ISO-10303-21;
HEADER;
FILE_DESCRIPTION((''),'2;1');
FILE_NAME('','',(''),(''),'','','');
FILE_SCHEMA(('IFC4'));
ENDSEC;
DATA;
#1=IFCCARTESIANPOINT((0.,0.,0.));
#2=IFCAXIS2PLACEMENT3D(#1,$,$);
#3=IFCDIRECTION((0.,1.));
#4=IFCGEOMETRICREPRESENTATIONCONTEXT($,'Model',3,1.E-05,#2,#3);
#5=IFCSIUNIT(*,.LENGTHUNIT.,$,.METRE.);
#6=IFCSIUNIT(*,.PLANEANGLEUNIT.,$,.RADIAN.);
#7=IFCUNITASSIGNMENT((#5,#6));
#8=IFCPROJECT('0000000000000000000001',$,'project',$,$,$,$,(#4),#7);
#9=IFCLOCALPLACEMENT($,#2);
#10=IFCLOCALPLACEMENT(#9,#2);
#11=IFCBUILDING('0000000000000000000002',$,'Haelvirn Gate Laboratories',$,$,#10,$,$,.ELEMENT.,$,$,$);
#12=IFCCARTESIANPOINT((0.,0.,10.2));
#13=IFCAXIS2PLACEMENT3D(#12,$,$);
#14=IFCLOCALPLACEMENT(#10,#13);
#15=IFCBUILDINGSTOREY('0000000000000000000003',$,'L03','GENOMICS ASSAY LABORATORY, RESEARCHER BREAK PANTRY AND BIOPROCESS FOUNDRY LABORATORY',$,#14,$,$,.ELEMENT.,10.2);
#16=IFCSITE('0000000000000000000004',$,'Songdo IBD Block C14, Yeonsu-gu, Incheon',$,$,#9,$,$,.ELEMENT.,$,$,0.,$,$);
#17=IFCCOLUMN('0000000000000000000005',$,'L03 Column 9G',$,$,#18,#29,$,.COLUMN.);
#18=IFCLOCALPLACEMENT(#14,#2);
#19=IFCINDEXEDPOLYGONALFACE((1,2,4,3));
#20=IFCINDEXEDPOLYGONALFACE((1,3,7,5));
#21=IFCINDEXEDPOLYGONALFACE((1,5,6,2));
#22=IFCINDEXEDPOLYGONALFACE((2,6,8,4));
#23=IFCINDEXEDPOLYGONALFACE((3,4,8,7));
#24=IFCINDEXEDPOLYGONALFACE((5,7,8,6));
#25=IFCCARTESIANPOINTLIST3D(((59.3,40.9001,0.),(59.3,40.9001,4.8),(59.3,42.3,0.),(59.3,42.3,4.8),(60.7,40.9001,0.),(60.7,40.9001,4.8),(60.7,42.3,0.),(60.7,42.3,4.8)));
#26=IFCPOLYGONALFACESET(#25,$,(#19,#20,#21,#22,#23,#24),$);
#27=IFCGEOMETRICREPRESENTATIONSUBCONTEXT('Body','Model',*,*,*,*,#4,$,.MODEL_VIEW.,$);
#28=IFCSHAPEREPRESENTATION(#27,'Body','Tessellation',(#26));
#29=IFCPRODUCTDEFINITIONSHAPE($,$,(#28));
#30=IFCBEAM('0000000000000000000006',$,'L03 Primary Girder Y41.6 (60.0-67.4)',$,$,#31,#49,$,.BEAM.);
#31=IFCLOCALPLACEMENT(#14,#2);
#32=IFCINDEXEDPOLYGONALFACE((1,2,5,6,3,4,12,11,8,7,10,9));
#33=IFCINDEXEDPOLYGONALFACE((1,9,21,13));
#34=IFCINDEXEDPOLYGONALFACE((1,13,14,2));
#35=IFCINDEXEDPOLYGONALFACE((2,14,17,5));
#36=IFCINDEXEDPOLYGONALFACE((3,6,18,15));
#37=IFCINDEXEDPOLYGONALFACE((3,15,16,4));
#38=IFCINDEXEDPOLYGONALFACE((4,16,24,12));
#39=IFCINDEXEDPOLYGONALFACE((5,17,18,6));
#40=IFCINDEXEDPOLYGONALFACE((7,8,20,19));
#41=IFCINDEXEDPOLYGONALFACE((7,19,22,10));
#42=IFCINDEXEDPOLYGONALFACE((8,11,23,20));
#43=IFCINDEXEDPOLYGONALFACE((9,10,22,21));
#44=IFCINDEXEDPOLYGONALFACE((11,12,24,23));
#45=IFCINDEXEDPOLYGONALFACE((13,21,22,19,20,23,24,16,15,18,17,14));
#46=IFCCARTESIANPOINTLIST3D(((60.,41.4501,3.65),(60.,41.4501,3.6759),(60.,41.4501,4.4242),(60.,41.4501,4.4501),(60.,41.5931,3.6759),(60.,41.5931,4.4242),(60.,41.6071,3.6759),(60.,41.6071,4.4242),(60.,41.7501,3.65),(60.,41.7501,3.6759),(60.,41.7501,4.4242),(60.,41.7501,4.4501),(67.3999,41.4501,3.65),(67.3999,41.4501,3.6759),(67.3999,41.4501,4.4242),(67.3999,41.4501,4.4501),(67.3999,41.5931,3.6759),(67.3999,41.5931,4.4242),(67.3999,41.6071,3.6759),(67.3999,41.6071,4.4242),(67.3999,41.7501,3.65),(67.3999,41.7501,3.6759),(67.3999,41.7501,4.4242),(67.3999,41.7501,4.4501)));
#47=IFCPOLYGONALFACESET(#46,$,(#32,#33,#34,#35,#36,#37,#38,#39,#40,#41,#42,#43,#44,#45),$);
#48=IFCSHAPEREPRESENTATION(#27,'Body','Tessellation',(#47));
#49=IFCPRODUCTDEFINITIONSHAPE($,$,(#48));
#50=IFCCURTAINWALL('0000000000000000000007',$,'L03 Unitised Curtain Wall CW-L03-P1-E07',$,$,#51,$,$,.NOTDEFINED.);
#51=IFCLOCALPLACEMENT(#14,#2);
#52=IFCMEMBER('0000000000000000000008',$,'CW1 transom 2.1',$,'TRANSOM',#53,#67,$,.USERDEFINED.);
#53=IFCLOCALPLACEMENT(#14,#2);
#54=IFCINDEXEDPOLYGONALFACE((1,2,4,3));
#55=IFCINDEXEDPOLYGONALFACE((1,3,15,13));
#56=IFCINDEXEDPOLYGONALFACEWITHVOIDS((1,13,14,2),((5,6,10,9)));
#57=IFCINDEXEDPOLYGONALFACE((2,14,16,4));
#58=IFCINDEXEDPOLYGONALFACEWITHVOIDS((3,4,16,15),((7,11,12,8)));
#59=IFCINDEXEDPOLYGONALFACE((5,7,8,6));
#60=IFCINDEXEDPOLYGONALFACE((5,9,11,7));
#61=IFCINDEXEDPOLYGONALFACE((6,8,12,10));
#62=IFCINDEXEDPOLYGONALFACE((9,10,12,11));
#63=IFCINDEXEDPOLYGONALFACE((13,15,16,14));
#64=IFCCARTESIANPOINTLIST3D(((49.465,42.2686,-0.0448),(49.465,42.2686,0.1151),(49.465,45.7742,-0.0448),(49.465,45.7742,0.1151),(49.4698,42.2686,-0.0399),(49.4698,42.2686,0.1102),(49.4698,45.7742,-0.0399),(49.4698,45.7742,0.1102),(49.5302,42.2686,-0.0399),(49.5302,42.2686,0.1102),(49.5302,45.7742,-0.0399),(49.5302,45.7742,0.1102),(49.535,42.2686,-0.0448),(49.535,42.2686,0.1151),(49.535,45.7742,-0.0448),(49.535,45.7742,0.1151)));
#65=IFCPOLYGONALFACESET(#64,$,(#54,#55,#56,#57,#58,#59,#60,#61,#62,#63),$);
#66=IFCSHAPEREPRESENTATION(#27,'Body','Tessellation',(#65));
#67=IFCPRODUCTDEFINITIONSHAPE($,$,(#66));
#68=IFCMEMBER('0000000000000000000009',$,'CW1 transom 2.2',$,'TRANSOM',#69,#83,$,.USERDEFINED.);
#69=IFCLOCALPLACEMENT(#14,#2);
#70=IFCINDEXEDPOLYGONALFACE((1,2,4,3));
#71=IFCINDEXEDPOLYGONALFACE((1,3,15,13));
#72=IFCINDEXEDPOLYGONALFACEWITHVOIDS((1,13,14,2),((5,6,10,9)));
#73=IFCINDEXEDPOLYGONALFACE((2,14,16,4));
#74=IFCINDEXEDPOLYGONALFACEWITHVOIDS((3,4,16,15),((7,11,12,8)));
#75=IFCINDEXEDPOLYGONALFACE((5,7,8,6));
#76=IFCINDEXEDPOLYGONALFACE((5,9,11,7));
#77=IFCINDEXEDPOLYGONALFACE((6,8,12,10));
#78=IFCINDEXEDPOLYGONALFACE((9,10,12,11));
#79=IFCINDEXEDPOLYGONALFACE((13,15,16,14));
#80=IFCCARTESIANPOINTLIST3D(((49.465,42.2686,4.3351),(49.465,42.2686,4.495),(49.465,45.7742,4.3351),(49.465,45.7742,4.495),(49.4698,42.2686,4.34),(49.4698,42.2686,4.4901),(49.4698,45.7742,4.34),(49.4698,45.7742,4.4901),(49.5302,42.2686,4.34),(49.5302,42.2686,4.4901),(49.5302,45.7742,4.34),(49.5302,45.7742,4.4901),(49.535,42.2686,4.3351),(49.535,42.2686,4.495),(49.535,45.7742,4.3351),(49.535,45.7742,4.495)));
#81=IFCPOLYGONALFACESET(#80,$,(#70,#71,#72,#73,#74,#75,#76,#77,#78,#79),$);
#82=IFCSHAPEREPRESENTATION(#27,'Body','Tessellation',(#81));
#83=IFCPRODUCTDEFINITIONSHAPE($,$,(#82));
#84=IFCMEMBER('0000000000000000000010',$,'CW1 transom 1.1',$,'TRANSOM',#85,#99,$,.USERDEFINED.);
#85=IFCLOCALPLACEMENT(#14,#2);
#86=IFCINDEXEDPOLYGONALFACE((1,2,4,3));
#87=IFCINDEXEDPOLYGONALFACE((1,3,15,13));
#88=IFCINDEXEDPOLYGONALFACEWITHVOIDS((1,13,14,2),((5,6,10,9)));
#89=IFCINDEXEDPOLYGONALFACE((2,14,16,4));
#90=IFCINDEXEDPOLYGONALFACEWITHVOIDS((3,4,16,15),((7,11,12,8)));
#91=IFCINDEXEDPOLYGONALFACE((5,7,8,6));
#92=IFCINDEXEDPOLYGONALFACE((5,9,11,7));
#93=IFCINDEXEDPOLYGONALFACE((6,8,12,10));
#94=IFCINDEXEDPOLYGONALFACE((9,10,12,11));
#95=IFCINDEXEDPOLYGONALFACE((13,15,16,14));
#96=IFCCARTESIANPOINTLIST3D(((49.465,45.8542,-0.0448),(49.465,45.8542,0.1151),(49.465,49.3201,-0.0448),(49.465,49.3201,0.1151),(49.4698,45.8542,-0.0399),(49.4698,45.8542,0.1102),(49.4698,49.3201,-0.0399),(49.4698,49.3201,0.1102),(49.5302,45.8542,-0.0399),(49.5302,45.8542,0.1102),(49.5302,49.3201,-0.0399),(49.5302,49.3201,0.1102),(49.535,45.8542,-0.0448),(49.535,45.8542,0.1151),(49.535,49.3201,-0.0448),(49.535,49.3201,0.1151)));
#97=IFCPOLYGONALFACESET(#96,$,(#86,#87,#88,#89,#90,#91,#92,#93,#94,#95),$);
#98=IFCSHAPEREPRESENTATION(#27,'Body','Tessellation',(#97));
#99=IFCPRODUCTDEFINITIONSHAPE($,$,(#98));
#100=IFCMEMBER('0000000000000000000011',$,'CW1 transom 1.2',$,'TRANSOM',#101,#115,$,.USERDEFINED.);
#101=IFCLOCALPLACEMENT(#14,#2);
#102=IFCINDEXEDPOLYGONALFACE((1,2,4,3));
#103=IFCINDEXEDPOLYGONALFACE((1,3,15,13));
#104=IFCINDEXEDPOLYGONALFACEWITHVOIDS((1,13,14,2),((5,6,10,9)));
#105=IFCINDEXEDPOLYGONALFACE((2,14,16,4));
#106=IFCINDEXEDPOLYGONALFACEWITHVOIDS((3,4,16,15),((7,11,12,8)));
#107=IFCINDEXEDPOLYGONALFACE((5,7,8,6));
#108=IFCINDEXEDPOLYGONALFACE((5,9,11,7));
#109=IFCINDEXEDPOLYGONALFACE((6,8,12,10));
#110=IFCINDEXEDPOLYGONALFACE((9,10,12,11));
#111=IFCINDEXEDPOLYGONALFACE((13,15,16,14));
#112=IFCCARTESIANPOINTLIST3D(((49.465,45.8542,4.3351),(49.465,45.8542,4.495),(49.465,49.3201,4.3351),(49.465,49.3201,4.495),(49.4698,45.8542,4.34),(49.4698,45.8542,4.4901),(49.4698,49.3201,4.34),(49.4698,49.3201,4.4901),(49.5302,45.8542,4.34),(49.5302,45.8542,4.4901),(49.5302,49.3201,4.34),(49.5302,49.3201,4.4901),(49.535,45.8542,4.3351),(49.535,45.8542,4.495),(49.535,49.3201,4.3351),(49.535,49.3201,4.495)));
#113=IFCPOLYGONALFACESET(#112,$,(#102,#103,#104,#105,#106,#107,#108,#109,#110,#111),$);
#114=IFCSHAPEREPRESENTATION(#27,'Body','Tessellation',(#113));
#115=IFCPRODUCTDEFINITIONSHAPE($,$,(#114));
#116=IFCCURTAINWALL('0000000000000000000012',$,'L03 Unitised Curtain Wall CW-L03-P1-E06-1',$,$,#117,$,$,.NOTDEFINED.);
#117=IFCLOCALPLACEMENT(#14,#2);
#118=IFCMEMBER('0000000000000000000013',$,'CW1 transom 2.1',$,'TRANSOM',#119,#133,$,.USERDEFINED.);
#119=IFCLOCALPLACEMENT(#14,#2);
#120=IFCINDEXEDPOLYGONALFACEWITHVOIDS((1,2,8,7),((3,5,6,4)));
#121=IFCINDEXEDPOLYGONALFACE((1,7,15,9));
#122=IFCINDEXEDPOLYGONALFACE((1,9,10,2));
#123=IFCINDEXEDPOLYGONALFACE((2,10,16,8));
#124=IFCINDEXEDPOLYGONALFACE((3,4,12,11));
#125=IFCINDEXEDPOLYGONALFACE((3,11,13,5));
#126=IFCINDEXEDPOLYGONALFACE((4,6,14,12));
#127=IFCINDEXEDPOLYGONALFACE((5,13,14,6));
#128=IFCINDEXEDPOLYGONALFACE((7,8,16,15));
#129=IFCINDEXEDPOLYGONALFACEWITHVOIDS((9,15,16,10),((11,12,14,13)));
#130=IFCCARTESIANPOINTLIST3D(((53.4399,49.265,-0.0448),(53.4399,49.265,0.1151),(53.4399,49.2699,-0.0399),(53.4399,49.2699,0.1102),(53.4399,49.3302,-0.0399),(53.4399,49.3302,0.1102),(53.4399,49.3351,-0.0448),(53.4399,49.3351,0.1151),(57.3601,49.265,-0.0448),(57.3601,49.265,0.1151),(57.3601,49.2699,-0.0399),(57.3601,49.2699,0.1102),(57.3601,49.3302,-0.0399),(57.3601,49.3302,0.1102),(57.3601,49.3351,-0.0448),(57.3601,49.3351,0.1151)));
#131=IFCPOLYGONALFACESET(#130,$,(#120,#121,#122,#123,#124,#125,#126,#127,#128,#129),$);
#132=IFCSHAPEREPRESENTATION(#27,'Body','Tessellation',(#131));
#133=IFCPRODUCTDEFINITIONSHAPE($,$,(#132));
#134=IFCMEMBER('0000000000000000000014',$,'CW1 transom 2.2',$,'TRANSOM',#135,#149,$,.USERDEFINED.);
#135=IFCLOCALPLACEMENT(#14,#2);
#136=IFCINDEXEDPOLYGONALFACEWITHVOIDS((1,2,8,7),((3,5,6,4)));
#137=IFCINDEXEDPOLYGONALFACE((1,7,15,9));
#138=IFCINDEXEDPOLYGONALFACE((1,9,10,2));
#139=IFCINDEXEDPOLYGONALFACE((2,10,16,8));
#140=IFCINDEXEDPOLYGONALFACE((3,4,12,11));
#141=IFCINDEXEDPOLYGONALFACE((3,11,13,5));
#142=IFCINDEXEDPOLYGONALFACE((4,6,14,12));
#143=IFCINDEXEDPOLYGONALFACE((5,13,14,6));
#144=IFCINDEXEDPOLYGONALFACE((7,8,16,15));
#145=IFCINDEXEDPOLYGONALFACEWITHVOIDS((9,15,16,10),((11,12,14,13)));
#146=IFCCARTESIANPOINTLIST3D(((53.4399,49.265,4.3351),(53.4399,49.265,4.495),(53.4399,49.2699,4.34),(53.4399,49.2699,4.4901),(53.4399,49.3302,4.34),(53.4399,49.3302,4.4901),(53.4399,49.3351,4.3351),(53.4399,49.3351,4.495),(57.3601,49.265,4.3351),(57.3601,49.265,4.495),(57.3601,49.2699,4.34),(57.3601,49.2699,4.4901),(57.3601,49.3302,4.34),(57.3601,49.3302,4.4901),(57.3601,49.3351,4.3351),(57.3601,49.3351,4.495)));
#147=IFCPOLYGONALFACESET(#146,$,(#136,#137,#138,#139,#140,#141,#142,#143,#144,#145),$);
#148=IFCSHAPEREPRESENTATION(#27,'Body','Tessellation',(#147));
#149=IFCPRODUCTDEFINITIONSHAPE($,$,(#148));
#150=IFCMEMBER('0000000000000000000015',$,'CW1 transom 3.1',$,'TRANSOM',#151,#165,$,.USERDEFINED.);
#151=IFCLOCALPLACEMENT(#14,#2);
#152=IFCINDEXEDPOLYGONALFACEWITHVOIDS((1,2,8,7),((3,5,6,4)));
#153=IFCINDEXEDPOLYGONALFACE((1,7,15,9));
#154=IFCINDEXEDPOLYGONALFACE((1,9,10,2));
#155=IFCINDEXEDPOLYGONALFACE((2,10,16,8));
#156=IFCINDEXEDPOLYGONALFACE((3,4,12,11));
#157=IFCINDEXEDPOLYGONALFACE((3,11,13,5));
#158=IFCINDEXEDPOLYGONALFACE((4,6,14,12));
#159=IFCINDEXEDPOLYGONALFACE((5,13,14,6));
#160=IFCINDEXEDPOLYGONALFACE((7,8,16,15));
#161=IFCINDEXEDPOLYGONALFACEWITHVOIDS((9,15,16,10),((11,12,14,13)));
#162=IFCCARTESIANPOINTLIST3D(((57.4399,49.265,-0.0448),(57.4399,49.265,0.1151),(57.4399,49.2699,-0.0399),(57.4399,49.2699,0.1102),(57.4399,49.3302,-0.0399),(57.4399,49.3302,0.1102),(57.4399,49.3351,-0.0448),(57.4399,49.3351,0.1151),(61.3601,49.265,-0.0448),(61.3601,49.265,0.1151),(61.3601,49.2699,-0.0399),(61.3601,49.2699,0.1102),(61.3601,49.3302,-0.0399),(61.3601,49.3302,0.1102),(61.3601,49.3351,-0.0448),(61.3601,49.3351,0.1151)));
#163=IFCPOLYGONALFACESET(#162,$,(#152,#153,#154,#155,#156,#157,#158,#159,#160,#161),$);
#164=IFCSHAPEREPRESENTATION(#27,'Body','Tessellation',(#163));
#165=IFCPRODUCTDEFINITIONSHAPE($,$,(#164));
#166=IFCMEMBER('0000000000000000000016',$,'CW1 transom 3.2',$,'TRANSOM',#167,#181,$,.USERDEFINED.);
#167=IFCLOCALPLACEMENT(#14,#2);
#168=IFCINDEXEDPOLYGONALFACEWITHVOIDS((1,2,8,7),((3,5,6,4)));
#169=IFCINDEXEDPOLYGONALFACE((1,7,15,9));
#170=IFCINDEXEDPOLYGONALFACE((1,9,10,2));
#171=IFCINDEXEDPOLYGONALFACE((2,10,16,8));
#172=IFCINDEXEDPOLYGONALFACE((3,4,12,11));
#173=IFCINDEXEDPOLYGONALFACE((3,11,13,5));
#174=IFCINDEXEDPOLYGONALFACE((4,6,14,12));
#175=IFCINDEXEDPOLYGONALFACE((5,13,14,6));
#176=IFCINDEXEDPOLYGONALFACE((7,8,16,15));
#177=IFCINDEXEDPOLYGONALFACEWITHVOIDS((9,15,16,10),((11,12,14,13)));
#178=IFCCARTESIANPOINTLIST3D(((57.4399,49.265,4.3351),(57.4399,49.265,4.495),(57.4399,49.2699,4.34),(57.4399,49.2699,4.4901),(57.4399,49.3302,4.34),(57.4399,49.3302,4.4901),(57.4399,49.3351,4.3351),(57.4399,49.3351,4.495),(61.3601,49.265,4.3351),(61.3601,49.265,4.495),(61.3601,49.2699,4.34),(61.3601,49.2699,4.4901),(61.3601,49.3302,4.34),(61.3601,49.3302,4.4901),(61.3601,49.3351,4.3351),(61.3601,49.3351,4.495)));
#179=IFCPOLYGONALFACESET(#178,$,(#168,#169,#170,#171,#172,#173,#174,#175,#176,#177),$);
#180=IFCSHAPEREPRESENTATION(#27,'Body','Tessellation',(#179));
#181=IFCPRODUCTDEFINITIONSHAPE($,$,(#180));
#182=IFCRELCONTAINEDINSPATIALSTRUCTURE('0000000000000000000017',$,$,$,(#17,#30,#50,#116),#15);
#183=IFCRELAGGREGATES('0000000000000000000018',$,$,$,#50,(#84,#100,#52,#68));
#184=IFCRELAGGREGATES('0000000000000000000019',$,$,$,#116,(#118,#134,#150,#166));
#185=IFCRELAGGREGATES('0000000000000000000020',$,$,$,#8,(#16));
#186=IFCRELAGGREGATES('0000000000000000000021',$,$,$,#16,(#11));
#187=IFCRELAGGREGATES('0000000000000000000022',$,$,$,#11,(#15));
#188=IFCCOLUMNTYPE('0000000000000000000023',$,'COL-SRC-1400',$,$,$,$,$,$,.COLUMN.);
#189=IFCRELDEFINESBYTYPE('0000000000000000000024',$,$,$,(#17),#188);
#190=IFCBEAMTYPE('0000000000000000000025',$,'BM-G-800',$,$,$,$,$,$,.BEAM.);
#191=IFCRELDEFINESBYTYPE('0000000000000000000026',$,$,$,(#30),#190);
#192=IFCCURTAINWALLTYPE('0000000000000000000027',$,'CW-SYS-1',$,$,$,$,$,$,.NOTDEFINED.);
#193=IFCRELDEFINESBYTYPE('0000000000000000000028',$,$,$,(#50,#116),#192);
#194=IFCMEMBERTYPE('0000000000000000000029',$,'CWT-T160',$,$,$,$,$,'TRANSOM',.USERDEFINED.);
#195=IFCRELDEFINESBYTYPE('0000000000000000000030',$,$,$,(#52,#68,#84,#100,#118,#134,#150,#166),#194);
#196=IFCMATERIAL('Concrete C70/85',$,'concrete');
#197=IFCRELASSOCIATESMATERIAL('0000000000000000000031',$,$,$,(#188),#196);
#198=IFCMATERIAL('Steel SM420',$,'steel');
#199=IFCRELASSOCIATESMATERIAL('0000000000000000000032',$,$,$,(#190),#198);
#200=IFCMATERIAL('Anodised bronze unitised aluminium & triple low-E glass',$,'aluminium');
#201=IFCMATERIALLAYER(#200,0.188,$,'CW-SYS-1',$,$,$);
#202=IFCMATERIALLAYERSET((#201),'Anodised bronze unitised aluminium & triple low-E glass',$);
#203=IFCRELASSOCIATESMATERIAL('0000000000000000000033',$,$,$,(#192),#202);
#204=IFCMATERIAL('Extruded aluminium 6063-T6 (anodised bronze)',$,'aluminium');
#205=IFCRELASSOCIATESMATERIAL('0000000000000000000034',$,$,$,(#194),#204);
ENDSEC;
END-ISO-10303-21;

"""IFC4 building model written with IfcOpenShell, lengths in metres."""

from ifc_helpers import new_model, si_unit, direction, frame, origin, origin_2d, place, context, subcontext, project, spatial, rectangle, hollow_rectangle, i_section, extrude, source, transform, mapped, material, layer, layer_set, material_profile, profile_set, type_object, type_shapes, element, aggregate, save


model = new_model("IFC4")

# Units and contexts
model_context = context("Model", 3, precision=1e-05, world=origin(), true_north=direction((0.0, 1.0)))
body_context = subcontext(model_context, "Body", "Model", "MODEL_VIEW")
ifc_project = project(units=[si_unit("LENGTHUNIT", "METRE"), si_unit("PLANEANGLEUNIT", "RADIAN")], contexts=[model_context])

# Site, building, storey
site_placement = place(None, origin())
site = spatial("IfcSite", under=ifc_project, at=site_placement, Name="Songdo IBD Block C14, Yeonsu-gu, Incheon", CompositionType="ELEMENT", RefElevation=0.0)
building_placement = place(site_placement, origin())
building = spatial("IfcBuilding", under=site, at=building_placement, Name="Haelvirn Gate Laboratories", CompositionType="ELEMENT")
storey_placement = place(building_placement, frame((0.0, 0.0, 10.2)))
storey = spatial("IfcBuildingStorey", under=building, at=storey_placement, Name="L03", Description="GENOMICS ASSAY LABORATORY, RESEARCHER BREAK PANTRY AND BIOPROCESS FOUNDRY LABORATORY", CompositionType="ELEMENT", Elevation=10.2)

# Column
ifc_material_1 = material(Name="Concrete C70/85", Category="concrete")
ifc_material_profile_1 = material_profile(ifc_material_1, rectangle(XDim=1.3999, YDim=1.3999, at=origin_2d()), Name="SRC-1400x1400")
ifc_profile_set_1 = profile_set([ifc_material_profile_1], Name="Concrete C70/85")
column_type = type_object("IfcColumnType", Name="COL-SRC-1400", PredefinedType="COLUMN", material=ifc_profile_set_1)
shared_shape_1 = source(origin(), body_context, "Body", "SweptSolid", [
    extrude(rectangle(XDim=1.3999, YDim=1.3999, at=origin_2d()), origin(), (0.0, 0.0, 1.0), 4.8),
])
type_shapes(column_type, [shared_shape_1])
column_placement = place(storey_placement, frame((60.0, 41.6001, 0.0), z_axis=(0.0, 0.0, 1.0), x_axis=(1.0, 0.0, 0.0)))
element("IfcColumn", 1, at=column_placement, inside=storey, type_object=column_type, Name="L03 Column 9G", PredefinedType="COLUMN", context=body_context, shape_type="MappedRepresentation", body=[
    mapped(shared_shape_1, transform((0.0, 0.0, 0.0), scale=1.0)),
])

# Beam
ifc_material_2 = material(Name="Steel SM420", Category="steel")
ifc_material_profile_2 = material_profile(ifc_material_2, i_section(OverallWidth=0.3, OverallDepth=0.8, WebThickness=0.0139, FlangeThickness=0.0259, at=origin_2d()), Name="H-800x300x14x26")
ifc_profile_set_2 = profile_set([ifc_material_profile_2], Name="Steel SM420")
beam_type = type_object("IfcBeamType", Name="BM-G-800", PredefinedType="BEAM", material=ifc_profile_set_2)
shared_shape_2 = source(origin(), body_context, "Body", "SweptSolid", [
    extrude(i_section(OverallWidth=0.3, OverallDepth=0.8, WebThickness=0.0139, FlangeThickness=0.0259, at=origin_2d()), origin(), (0.0, 0.0, 1.0), 7.3999),
])
type_shapes(beam_type, [shared_shape_2])
beam_placement = place(storey_placement, frame((60.0, 41.6001, 4.05), z_axis=(1.0, 0.0, 0.0), x_axis=(0.0, 1.0, 0.0)))
element("IfcBeam", 2, at=beam_placement, inside=storey, type_object=beam_type, Name="L03 Primary Girder Y41.6 (60.0-67.4)", PredefinedType="BEAM", context=body_context, shape_type="MappedRepresentation", body=[
    mapped(shared_shape_2, transform((0.0, 0.0, 0.0), scale=1.0)),
])

# Curtain walls, members
ifc_material_3 = material(Name="Anodised bronze unitised aluminium & triple low-E glass", Category="aluminium")
ifc_layer_1 = layer(ifc_material_3, 0.188, Name="CW-SYS-1")
ifc_layer_set_1 = layer_set([ifc_layer_1], Name="Anodised bronze unitised aluminium & triple low-E glass")
curtain_wall_type = type_object("IfcCurtainWallType", Name="CW-SYS-1", PredefinedType="NOTDEFINED", material=ifc_layer_set_1)
curtain_wall_1_placement = place(storey_placement, origin())
curtain_wall_1 = element("IfcCurtainWall", 3, at=curtain_wall_1_placement, inside=storey, type_object=curtain_wall_type, Name="L03 Unitised Curtain Wall CW-L03-P1-E07", PredefinedType="NOTDEFINED")
ifc_material_4 = material(Name="Extruded aluminium 6063-T6 (anodised bronze)", Category="aluminium")
ifc_material_profile_3 = material_profile(ifc_material_4, hollow_rectangle(XDim=0.0701, YDim=0.1599, WallThickness=0.0049, at=origin_2d()), Name="CWT-160x70x5")
ifc_profile_set_3 = profile_set([ifc_material_profile_3], Name="Extruded aluminium 6063-T6 (anodised bronze)")
member_type_1 = type_object("IfcMemberType", Name="CWT-T160", ElementType="TRANSOM", PredefinedType="USERDEFINED", material=ifc_profile_set_3)
shared_shape_3 = source(origin(), body_context, "Body", "SweptSolid", [
    extrude(hollow_rectangle(XDim=0.0701, YDim=0.1599, WallThickness=0.0049, at=origin_2d()), origin(), (0.0, 0.0, 1.0), 3.5056),
])
member_1_placement = place(storey_placement, frame((49.5, 45.7742, 0.0352), z_axis=(0.0, -1.0, 0.0), x_axis=(1.0, 0.0, 0.0)))
member_1 = element("IfcMember", 4, at=member_1_placement, type_object=member_type_1, Name="CW1 transom 2.1", ObjectType="TRANSOM", PredefinedType="USERDEFINED", context=body_context, shape_type="MappedRepresentation", body=[
    mapped(shared_shape_3, transform((0.0, 0.0, 0.0), scale=1.0)),
])
member_2_placement = place(storey_placement, frame((49.5, 45.7742, 4.415), z_axis=(0.0, -1.0, 0.0), x_axis=(1.0, 0.0, 0.0)))
member_2 = element("IfcMember", 5, at=member_2_placement, type_object=member_type_1, Name="CW1 transom 2.2", ObjectType="TRANSOM", PredefinedType="USERDEFINED", context=body_context, shape_type="MappedRepresentation", body=[
    mapped(shared_shape_3, transform((0.0, 0.0, 0.0), scale=1.0)),
])
shared_shape_4 = source(origin(), body_context, "Body", "SweptSolid", [
    extrude(hollow_rectangle(XDim=0.0701, YDim=0.1599, WallThickness=0.0049, at=origin_2d()), origin(), (0.0, 0.0, 1.0), 3.4658),
])
member_3_placement = place(storey_placement, frame((49.5, 49.3201, 0.0352), z_axis=(0.0, -1.0, 0.0), x_axis=(1.0, 0.0, 0.0)))
member_3 = element("IfcMember", 6, at=member_3_placement, type_object=member_type_1, Name="CW1 transom 1.1", ObjectType="TRANSOM", PredefinedType="USERDEFINED", context=body_context, shape_type="MappedRepresentation", body=[
    mapped(shared_shape_4, transform((0.0, 0.0, 0.0), scale=1.0)),
])
member_4_placement = place(storey_placement, frame((49.5, 49.3201, 4.415), z_axis=(0.0, -1.0, 0.0), x_axis=(1.0, 0.0, 0.0)))
member_4 = element("IfcMember", 7, at=member_4_placement, type_object=member_type_1, Name="CW1 transom 1.2", ObjectType="TRANSOM", PredefinedType="USERDEFINED", context=body_context, shape_type="MappedRepresentation", body=[
    mapped(shared_shape_4, transform((0.0, 0.0, 0.0), scale=1.0)),
])
curtain_wall_2_placement = place(storey_placement, origin())
curtain_wall_2 = element("IfcCurtainWall", 8, at=curtain_wall_2_placement, inside=storey, type_object=curtain_wall_type, Name="L03 Unitised Curtain Wall CW-L03-P1-E06-1", PredefinedType="NOTDEFINED")
shared_shape_5 = source(origin(), body_context, "Body", "SweptSolid", [
    extrude(hollow_rectangle(XDim=0.0701, YDim=0.1599, WallThickness=0.0049, at=origin_2d()), origin(), (0.0, 0.0, 1.0), 3.9202),
])
type_shapes(member_type_1, [shared_shape_3, shared_shape_4, shared_shape_5])
member_5_placement = place(storey_placement, frame((53.4399, 49.3, 0.0352), z_axis=(1.0, 0.0, 0.0), x_axis=(0.0, 1.0, 0.0)))
member_5 = element("IfcMember", 9, at=member_5_placement, type_object=member_type_1, Name="CW1 transom 2.1", ObjectType="TRANSOM", PredefinedType="USERDEFINED", context=body_context, shape_type="MappedRepresentation", body=[
    mapped(shared_shape_5, transform((0.0, 0.0, 0.0), scale=1.0)),
])
member_6_placement = place(storey_placement, frame((53.4399, 49.3, 4.415), z_axis=(1.0, 0.0, 0.0), x_axis=(0.0, 1.0, 0.0)))
member_6 = element("IfcMember", 10, at=member_6_placement, type_object=member_type_1, Name="CW1 transom 2.2", ObjectType="TRANSOM", PredefinedType="USERDEFINED", context=body_context, shape_type="MappedRepresentation", body=[
    mapped(shared_shape_5, transform((0.0, 0.0, 0.0), scale=1.0)),
])
member_7_placement = place(storey_placement, frame((57.4399, 49.3, 0.0352), z_axis=(1.0, 0.0, 0.0), x_axis=(0.0, 1.0, 0.0)))
member_7 = element("IfcMember", 11, at=member_7_placement, type_object=member_type_1, Name="CW1 transom 3.1", ObjectType="TRANSOM", PredefinedType="USERDEFINED", context=body_context, shape_type="MappedRepresentation", body=[
    mapped(shared_shape_5, transform((0.0, 0.0, 0.0), scale=1.0)),
])
member_8_placement = place(storey_placement, frame((57.4399, 49.3, 4.415), z_axis=(1.0, 0.0, 0.0), x_axis=(0.0, 1.0, 0.0)))
member_8 = element("IfcMember", 12, at=member_8_placement, type_object=member_type_1, Name="CW1 transom 3.2", ObjectType="TRANSOM", PredefinedType="USERDEFINED", context=body_context, shape_type="MappedRepresentation", body=[
    mapped(shared_shape_5, transform((0.0, 0.0, 0.0), scale=1.0)),
])

aggregate(curtain_wall_1, [member_3, member_4, member_1, member_2])
aggregate(curtain_wall_2, [member_5, member_6, member_7, member_8])

save(model, "model.ifc")
